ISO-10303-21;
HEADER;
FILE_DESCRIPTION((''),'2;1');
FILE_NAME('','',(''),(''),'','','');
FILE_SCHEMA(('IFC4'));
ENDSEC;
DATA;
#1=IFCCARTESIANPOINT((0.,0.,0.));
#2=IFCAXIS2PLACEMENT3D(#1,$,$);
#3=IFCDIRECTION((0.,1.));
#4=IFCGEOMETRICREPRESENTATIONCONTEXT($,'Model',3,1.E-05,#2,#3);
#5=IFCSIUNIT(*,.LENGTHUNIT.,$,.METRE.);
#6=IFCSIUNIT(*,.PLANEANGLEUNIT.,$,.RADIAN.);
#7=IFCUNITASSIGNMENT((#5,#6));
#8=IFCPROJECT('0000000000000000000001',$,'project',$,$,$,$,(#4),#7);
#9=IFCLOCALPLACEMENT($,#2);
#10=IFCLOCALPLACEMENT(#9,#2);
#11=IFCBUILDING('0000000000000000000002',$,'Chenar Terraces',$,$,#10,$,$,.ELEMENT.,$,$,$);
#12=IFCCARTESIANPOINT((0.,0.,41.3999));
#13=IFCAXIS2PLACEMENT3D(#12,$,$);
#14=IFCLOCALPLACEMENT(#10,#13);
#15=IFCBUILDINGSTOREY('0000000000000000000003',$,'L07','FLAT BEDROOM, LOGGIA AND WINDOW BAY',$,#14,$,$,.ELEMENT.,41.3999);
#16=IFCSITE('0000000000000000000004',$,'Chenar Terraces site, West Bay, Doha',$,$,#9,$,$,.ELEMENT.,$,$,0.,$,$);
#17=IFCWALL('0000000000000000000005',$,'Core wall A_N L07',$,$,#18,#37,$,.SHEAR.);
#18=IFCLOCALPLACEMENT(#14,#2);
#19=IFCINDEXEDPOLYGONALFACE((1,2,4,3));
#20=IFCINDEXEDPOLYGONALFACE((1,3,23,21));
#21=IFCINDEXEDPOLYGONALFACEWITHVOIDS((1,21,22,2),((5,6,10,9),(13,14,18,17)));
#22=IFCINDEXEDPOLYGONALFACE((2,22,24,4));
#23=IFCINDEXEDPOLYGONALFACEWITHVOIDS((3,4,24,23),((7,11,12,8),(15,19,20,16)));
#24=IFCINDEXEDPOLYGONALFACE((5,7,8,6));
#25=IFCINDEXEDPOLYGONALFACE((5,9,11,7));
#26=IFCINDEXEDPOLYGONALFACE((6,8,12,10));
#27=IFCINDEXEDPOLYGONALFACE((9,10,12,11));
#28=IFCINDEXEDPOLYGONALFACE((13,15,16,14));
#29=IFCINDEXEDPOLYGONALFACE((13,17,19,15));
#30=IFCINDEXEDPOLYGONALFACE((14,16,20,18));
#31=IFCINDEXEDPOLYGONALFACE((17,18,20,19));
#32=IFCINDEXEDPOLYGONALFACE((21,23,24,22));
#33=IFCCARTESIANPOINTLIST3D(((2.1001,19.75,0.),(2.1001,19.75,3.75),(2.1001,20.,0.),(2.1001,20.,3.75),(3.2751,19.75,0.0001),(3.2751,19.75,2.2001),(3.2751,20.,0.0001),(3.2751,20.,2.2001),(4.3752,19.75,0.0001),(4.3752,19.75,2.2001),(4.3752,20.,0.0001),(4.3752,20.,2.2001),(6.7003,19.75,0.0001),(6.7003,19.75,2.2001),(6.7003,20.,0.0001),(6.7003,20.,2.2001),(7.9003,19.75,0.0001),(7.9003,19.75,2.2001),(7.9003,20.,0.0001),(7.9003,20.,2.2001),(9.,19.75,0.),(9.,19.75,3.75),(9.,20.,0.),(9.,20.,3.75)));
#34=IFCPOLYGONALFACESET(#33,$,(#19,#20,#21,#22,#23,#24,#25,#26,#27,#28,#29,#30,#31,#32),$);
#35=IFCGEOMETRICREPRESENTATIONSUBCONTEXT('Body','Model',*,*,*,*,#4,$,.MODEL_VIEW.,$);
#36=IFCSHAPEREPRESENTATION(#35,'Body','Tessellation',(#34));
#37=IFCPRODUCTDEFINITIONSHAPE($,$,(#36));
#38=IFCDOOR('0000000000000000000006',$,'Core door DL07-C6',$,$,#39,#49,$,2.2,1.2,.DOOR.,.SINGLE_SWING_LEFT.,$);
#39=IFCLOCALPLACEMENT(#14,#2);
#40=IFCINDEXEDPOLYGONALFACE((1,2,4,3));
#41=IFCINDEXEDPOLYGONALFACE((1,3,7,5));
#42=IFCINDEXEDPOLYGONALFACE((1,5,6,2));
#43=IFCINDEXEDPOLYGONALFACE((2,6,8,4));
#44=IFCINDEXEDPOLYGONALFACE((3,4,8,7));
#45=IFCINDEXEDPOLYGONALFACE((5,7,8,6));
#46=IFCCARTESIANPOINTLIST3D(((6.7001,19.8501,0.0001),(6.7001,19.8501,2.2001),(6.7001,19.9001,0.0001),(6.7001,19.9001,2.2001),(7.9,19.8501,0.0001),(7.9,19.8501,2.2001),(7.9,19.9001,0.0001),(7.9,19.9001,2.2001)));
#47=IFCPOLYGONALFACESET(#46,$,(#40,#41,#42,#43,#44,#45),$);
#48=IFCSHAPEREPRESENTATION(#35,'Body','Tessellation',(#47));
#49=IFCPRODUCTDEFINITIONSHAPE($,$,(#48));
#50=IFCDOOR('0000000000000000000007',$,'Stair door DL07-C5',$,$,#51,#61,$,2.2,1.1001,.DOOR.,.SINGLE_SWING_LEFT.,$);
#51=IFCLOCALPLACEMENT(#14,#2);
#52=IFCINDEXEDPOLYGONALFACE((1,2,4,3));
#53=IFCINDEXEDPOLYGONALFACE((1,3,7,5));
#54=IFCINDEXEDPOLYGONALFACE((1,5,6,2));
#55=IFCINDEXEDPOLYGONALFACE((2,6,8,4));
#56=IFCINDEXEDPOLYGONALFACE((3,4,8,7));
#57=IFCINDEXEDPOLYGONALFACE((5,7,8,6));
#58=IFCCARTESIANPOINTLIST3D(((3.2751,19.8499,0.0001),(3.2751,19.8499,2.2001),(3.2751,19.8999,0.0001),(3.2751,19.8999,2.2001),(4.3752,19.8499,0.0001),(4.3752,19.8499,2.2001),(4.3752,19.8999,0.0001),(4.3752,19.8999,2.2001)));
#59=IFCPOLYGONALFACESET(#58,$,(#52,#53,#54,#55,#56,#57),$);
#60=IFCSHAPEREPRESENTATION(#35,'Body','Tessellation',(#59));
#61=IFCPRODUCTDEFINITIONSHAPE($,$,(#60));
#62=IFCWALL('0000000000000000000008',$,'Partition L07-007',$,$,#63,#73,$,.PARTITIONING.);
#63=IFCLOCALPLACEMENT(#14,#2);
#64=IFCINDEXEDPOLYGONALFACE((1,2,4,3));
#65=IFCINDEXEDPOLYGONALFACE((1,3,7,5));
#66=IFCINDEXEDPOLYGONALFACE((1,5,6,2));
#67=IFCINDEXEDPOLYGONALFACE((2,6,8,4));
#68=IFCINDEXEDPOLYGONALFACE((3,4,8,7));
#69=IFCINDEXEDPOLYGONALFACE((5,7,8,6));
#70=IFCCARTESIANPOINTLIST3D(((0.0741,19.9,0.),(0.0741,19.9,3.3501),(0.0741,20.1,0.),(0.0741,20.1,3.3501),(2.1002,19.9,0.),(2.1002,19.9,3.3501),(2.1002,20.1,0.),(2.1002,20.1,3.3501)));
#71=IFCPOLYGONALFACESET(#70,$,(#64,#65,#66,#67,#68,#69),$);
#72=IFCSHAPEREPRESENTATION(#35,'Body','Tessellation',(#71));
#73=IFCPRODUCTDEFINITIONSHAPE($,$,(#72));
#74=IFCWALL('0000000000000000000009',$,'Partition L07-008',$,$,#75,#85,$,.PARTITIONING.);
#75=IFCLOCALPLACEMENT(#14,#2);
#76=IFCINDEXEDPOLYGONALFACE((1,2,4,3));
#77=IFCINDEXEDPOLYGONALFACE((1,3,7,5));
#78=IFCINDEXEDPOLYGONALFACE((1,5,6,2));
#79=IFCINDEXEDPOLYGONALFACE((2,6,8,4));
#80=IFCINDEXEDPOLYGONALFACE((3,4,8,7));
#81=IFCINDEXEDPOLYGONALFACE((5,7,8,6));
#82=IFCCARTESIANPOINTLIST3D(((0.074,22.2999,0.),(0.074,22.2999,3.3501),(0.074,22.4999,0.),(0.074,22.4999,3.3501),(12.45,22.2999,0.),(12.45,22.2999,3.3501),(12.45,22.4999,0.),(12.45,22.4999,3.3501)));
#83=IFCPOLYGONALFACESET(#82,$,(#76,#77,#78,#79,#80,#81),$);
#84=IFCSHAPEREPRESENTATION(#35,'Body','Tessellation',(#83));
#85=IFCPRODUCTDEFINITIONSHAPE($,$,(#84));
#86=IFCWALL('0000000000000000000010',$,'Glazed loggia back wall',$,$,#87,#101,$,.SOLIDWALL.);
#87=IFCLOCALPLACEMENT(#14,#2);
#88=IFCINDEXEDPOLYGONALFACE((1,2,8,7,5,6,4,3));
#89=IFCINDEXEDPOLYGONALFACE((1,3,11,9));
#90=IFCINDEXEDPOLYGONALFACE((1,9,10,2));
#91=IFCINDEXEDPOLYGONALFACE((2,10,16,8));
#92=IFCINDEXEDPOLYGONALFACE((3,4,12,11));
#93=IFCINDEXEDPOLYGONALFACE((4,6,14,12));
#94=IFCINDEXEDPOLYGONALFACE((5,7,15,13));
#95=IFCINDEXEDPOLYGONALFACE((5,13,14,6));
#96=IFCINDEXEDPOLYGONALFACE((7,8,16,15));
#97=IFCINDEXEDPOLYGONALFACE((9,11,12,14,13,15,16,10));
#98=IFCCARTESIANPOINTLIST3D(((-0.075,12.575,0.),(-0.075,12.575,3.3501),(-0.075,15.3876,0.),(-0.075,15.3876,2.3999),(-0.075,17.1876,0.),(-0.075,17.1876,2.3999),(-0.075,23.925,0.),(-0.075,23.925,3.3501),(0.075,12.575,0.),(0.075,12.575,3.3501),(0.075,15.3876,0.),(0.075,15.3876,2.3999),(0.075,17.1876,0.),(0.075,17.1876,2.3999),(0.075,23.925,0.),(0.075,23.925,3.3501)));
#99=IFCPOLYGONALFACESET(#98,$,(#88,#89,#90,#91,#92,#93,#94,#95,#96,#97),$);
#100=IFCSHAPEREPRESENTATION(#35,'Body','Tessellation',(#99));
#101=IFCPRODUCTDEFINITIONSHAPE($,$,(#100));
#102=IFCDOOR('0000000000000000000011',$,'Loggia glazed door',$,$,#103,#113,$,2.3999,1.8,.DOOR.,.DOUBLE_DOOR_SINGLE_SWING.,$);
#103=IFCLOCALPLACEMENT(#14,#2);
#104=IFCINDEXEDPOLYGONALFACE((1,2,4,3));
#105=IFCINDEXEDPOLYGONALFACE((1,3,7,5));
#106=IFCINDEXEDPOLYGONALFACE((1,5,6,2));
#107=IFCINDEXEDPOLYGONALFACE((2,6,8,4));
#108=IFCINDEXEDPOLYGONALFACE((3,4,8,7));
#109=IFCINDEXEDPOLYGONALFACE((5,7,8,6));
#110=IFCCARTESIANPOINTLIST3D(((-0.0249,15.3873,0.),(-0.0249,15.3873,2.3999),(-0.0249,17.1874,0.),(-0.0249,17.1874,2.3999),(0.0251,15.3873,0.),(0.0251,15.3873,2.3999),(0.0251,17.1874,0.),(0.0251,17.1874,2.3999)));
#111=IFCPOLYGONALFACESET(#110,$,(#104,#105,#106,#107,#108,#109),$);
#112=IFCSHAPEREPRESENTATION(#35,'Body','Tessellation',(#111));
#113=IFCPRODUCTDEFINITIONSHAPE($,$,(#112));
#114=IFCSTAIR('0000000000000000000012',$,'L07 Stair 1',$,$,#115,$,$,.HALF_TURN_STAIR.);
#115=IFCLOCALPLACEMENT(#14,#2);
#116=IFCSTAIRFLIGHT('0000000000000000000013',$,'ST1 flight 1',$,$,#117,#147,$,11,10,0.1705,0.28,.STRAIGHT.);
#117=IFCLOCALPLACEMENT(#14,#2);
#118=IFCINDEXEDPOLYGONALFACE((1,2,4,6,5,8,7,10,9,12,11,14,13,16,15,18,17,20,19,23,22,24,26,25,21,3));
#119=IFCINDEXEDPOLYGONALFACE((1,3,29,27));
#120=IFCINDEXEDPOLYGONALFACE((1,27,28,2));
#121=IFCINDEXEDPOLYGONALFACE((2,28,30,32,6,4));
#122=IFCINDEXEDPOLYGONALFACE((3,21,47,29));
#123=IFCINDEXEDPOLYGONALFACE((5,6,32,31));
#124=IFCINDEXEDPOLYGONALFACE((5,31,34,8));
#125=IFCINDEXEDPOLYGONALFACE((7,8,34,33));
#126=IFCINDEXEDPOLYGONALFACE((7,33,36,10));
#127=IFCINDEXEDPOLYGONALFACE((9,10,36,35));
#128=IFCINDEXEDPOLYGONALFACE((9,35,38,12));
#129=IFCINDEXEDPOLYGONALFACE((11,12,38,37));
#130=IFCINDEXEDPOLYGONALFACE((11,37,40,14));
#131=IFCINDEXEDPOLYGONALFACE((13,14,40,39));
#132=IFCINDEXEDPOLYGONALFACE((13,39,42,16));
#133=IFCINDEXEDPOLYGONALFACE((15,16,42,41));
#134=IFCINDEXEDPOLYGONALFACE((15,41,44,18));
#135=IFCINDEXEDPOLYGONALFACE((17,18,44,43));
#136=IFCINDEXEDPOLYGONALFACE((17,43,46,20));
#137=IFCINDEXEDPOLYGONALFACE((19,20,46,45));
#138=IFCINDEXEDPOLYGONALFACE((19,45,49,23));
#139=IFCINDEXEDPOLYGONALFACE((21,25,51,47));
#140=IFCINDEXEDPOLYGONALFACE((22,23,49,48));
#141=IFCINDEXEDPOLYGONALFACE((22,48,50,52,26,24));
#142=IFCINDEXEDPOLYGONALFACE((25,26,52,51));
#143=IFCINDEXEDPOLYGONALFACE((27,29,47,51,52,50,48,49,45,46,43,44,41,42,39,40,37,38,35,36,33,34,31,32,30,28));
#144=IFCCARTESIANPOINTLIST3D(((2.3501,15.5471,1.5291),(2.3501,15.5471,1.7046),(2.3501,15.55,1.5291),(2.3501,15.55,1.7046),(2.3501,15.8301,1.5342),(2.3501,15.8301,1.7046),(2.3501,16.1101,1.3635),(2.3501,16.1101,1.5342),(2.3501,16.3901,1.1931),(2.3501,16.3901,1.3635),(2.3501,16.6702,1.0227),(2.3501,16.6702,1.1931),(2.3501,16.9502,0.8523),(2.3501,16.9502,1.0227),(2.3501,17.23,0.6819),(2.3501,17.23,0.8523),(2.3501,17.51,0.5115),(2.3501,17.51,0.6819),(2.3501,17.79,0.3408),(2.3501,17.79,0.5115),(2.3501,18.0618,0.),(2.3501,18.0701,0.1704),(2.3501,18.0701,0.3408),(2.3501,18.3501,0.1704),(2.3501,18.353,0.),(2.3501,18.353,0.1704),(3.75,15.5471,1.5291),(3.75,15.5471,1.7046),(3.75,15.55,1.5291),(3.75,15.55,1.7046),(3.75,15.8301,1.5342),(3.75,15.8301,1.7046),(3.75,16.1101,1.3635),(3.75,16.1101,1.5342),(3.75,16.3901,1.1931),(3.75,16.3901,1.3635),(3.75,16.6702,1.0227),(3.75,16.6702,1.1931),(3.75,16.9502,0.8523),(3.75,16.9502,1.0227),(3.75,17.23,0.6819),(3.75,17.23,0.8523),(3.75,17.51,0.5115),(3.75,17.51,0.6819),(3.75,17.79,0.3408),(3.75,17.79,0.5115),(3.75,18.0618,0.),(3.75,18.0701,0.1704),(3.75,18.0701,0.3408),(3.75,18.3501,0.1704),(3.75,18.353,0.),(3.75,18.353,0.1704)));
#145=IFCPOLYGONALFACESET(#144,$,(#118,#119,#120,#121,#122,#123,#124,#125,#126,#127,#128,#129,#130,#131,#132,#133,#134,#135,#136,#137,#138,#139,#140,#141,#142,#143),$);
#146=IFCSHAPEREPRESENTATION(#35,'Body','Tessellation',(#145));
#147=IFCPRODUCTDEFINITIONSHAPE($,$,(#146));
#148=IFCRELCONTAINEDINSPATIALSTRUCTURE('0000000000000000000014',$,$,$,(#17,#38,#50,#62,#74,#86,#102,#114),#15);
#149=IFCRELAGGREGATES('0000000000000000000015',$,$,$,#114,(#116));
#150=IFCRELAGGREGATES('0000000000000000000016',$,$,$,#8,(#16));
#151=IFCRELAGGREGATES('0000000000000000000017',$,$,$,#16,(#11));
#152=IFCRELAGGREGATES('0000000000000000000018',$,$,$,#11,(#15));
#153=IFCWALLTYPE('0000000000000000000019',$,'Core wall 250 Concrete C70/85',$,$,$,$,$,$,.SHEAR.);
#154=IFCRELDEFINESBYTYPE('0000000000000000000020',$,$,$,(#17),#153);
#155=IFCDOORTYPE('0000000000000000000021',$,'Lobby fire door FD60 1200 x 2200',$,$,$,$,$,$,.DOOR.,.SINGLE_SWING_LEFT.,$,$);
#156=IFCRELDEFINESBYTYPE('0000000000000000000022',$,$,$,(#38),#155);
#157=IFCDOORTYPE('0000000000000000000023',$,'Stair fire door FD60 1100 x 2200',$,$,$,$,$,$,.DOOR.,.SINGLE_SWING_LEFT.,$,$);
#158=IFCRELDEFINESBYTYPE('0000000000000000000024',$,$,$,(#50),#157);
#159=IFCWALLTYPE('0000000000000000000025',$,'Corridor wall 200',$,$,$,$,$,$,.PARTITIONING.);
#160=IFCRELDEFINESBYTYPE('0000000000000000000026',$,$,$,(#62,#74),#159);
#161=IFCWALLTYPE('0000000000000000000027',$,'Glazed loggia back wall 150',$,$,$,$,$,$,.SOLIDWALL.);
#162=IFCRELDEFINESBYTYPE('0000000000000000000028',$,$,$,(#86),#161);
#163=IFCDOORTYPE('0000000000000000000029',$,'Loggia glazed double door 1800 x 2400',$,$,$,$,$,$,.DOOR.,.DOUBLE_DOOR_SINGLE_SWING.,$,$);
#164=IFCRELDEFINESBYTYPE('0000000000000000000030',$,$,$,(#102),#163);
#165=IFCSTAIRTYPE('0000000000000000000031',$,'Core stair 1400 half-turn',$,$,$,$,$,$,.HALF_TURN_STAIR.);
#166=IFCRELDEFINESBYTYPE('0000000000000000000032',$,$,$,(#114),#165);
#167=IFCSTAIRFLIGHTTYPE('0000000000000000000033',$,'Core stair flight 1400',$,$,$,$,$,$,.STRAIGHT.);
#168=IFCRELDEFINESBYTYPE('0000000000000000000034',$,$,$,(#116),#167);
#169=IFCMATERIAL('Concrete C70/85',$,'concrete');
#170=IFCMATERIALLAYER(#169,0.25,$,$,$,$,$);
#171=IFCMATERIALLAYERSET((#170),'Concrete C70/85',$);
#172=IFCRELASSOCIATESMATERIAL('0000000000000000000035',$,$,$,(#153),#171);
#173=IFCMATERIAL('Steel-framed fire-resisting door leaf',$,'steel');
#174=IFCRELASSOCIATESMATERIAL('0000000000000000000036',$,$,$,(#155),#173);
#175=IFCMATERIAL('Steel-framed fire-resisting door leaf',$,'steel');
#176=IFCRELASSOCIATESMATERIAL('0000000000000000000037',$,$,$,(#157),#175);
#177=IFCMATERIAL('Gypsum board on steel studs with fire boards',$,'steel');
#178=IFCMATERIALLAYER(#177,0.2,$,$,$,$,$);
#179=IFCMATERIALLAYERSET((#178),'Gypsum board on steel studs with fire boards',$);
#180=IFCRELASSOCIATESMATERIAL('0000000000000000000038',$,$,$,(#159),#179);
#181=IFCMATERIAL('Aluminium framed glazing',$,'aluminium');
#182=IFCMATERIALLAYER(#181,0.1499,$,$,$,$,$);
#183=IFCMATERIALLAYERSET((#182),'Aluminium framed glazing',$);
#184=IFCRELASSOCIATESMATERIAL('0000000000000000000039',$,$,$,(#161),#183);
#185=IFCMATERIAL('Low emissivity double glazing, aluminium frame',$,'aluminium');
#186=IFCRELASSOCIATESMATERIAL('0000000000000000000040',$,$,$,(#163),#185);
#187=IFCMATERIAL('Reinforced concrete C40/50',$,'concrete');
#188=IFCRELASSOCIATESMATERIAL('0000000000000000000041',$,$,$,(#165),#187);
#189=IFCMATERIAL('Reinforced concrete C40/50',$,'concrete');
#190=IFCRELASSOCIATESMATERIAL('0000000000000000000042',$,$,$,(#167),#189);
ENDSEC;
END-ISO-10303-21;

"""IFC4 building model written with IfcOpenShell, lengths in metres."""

from ifc_helpers import new_model, si_unit, direction, frame, frame_2d, origin, place, context, subcontext, project, spatial, polyline, rectangle, outline, extrude, material, layer, layer_set, type_object, element, fill, aggregate, save


model = new_model("IFC4")

# Units and contexts
model_context = context("Model", 3, precision=1e-05, world=origin(), true_north=direction((0.0, 1.0)))
body_context = subcontext(model_context, "Body", "Model", "MODEL_VIEW")
ifc_project = project(units=[si_unit("LENGTHUNIT", "METRE"), si_unit("PLANEANGLEUNIT", "RADIAN")], contexts=[model_context])

# Site, building, storey
site_placement = place(None, origin())
site = spatial("IfcSite", under=ifc_project, at=site_placement, Name="Chenar Terraces site, West Bay, Doha", CompositionType="ELEMENT", RefElevation=0.0)
building_placement = place(site_placement, origin())
building = spatial("IfcBuilding", under=site, at=building_placement, Name="Chenar Terraces", CompositionType="ELEMENT")
storey_placement = place(building_placement, frame((0.0, 0.0, 41.3999)))
storey = spatial("IfcBuildingStorey", under=building, at=storey_placement, Name="L07", Description="FLAT BEDROOM, LOGGIA AND WINDOW BAY", CompositionType="ELEMENT", Elevation=41.3999)

# Wall, openings, doors
ifc_material_1 = material(Name="Concrete C70/85", Category="concrete")
ifc_layer_1 = layer(ifc_material_1, 0.25)
ifc_layer_set_1 = layer_set([ifc_layer_1], Name="Concrete C70/85")
wall_type_1 = type_object("IfcWallType", Name="Core wall 250 Concrete C70/85", PredefinedType="SHEAR", material=ifc_layer_set_1)
wall_1_placement = place(storey_placement, frame((2.1001, 19.875, 0.0), z_axis=(0.0, 0.0, 1.0), x_axis=(1.0, 0.0, 0.0)))
wall_1 = element("IfcWall", 1, at=wall_1_placement, inside=storey, type_object=wall_type_1, Name="Core wall A_N L07", PredefinedType="SHEAR", context=body_context, shape_type="SweptSolid", body=[
    extrude(rectangle(XDim=6.8999, YDim=0.25, at=frame_2d((3.45, 0.0))), origin(), (0.0, 0.0, 1.0), 3.75),
])
opening_1_placement = place(wall_1_placement, frame((1.175, 0.0, 0.0)))
opening_1 = element("IfcOpeningElement", 2, at=opening_1_placement, cuts=wall_1, PredefinedType="OPENING", context=body_context, shape_type="SweptSolid", body=[
    extrude(rectangle(XDim=1.1001, YDim=2.2, at=frame_2d((0.55, 1.1001))), frame((0.0, 0.135, 0.0), z_axis=(0.0, -1.0, 0.0), x_axis=(1.0, 0.0, 0.0)), (0.0, 0.0, 1.0), 0.27),
])
opening_2_placement = place(wall_1_placement, frame((4.6001, 0.0, 0.0)))
opening_2 = element("IfcOpeningElement", 3, at=opening_2_placement, cuts=wall_1, PredefinedType="OPENING", context=body_context, shape_type="SweptSolid", body=[
    extrude(rectangle(XDim=1.2, YDim=2.2, at=frame_2d((0.6001, 1.1001))), frame((0.0, 0.135, 0.0), z_axis=(0.0, -1.0, 0.0), x_axis=(1.0, 0.0, 0.0)), (0.0, 0.0, 1.0), 0.27),
])
ifc_material_2 = material(Name="Steel-framed fire-resisting door leaf", Category="steel")
door_type_1 = type_object("IfcDoorType", Name="Lobby fire door FD60 1200 x 2200", OperationType="SINGLE_SWING_LEFT", PredefinedType="DOOR", material=ifc_material_2)
door_1_placement = place(opening_2_placement, frame((1.2, 0.0, 0.0), z_axis=(0.0, 0.0, 1.0), x_axis=(-1.0, 0.0, 0.0)))
door_1 = element("IfcDoor", 4, at=door_1_placement, inside=storey, type_object=door_type_1, Name="Core door DL07-C6", OperationType="SINGLE_SWING_LEFT", OverallHeight=2.2, OverallWidth=1.2, PredefinedType="DOOR", context=body_context, shape_type="SweptSolid", body=[
    extrude(rectangle(XDim=1.2, YDim=2.2, at=frame_2d((0.6001, 1.1001))), frame((0.0, 0.0249, 0.0), z_axis=(0.0, -1.0, 0.0), x_axis=(1.0, 0.0, 0.0)), (0.0, 0.0, 1.0), 0.05),
])
fill(opening_2, door_1)
ifc_material_3 = material(Name="Steel-framed fire-resisting door leaf", Category="steel")
door_type_2 = type_object("IfcDoorType", Name="Stair fire door FD60 1100 x 2200", OperationType="SINGLE_SWING_LEFT", PredefinedType="DOOR", material=ifc_material_3)
door_2_placement = place(opening_1_placement, origin())
door_2 = element("IfcDoor", 5, at=door_2_placement, inside=storey, type_object=door_type_2, Name="Stair door DL07-C5", OperationType="SINGLE_SWING_LEFT", OverallHeight=2.2, OverallWidth=1.1001, PredefinedType="DOOR", context=body_context, shape_type="SweptSolid", body=[
    extrude(rectangle(XDim=1.1001, YDim=2.2, at=frame_2d((0.55, 1.1001))), frame((0.0, 0.0249, 0.0), z_axis=(0.0, -1.0, 0.0), x_axis=(1.0, 0.0, 0.0)), (0.0, 0.0, 1.0), 0.05),
])
fill(opening_1, door_2)

# Walls
ifc_material_4 = material(Name="Gypsum board on steel studs with fire boards", Category="steel")
ifc_layer_2 = layer(ifc_material_4, 0.2)
ifc_layer_set_2 = layer_set([ifc_layer_2], Name="Gypsum board on steel studs with fire boards")
wall_type_2 = type_object("IfcWallType", Name="Corridor wall 200", PredefinedType="PARTITIONING", material=ifc_layer_set_2)
wall_2_placement = place(storey_placement, frame((0.074, 20.0, 0.0), z_axis=(0.0, 0.0, 1.0), x_axis=(1.0, 0.0, 0.0)))
element("IfcWall", 6, at=wall_2_placement, inside=storey, type_object=wall_type_2, Name="Partition L07-007", PredefinedType="PARTITIONING", context=body_context, shape_type="SweptSolid", body=[
    extrude(rectangle(XDim=2.0261, YDim=0.2, at=frame_2d((1.0132, 0.0))), origin(), (0.0, 0.0, 1.0), 3.3501),
])
wall_3_placement = place(storey_placement, frame((0.074, 22.3999, 0.0), z_axis=(0.0, 0.0, 1.0), x_axis=(1.0, 0.0, 0.0)))
element("IfcWall", 7, at=wall_3_placement, inside=storey, type_object=wall_type_2, Name="Partition L07-008", PredefinedType="PARTITIONING", context=body_context, shape_type="SweptSolid", body=[
    extrude(rectangle(XDim=12.376, YDim=0.2, at=frame_2d((6.188, 0.0))), origin(), (0.0, 0.0, 1.0), 3.3501),
])

# Wall, opening, door
ifc_material_5 = material(Name="Aluminium framed glazing", Category="aluminium")
ifc_layer_3 = layer(ifc_material_5, 0.1499)
ifc_layer_set_3 = layer_set([ifc_layer_3], Name="Aluminium framed glazing")
wall_type_3 = type_object("IfcWallType", Name="Glazed loggia back wall 150", PredefinedType="SOLIDWALL", material=ifc_layer_set_3)
wall_4_placement = place(storey_placement, frame((0.0, 23.925, 0.0), z_axis=(0.0, 0.0, 1.0), x_axis=(0.0, -1.0, 0.0)))
wall_4 = element("IfcWall", 8, at=wall_4_placement, inside=storey, type_object=wall_type_3, Name="Glazed loggia back wall", PredefinedType="SOLIDWALL", context=body_context, shape_type="SweptSolid", body=[
    extrude(rectangle(XDim=11.3501, YDim=0.1499, at=frame_2d((5.675, 0.0))), origin(), (0.0, 0.0, 1.0), 3.3501),
])
opening_3_placement = place(wall_4_placement, frame((6.7375, 0.0, 0.0)))
opening_3 = element("IfcOpeningElement", 9, at=opening_3_placement, cuts=wall_4, PredefinedType="OPENING", context=body_context, shape_type="SweptSolid", body=[
    extrude(rectangle(XDim=1.8, YDim=2.3999, at=frame_2d((0.8999, 1.2))), frame((0.0, 0.085, 0.0), z_axis=(0.0, -1.0, 0.0), x_axis=(1.0, 0.0, 0.0)), (0.0, 0.0, 1.0), 0.1699),
])
ifc_material_6 = material(Name="Low emissivity double glazing, aluminium frame", Category="aluminium")
door_type_3 = type_object("IfcDoorType", Name="Loggia glazed double door 1800 x 2400", OperationType="DOUBLE_DOOR_SINGLE_SWING", PredefinedType="DOOR", material=ifc_material_6)
door_3_placement = place(opening_3_placement, frame((1.8, 0.0, 0.0), z_axis=(0.0, 0.0, 1.0), x_axis=(-1.0, 0.0, 0.0)))
door_3 = element("IfcDoor", 10, at=door_3_placement, inside=storey, type_object=door_type_3, Name="Loggia glazed door", OperationType="DOUBLE_DOOR_SINGLE_SWING", OverallHeight=2.3999, OverallWidth=1.8, PredefinedType="DOOR", context=body_context, shape_type="SweptSolid", body=[
    extrude(rectangle(XDim=1.8, YDim=2.3999, at=frame_2d((0.8999, 1.2))), frame((0.0, 0.0249, 0.0), z_axis=(0.0, -1.0, 0.0), x_axis=(1.0, 0.0, 0.0)), (0.0, 0.0, 1.0), 0.05),
])
fill(opening_3, door_3)

# Stair, stair flight
ifc_material_7 = material(Name="Reinforced concrete C40/50", Category="concrete")
stair_type = type_object("IfcStairType", Name="Core stair 1400 half-turn", PredefinedType="HALF_TURN_STAIR", material=ifc_material_7)
stair_placement = place(storey_placement, origin())
stair = element("IfcStair", 11, at=stair_placement, inside=storey, type_object=stair_type, Name="L07 Stair 1", PredefinedType="HALF_TURN_STAIR")
ifc_material_8 = material(Name="Reinforced concrete C40/50", Category="concrete")
stair_flight_type = type_object("IfcStairFlightType", Name="Core stair flight 1400", PredefinedType="STRAIGHT", material=ifc_material_8)
stair_flight_1_placement = place(storey_placement, frame((3.05, 18.3501, 0.0), z_axis=(0.0, 0.0, 1.0), x_axis=(0.0, -1.0, 0.0)))
stair_flight_1 = element("IfcStairFlight", 12, at=stair_flight_1_placement, type_object=stair_flight_type, Name="ST1 flight 1", NumberOfRisers=11, NumberOfTreads=10, PredefinedType="STRAIGHT", RiserHeight=0.1705, TreadLength=0.28, context=body_context, shape_type="SweptSolid", body=[
    extrude(outline(polyline([(-0.0029, 0.0), (-0.0029, 0.1704), (0.0, 0.1704), (0.28, 0.1704), (0.28, 0.3408), (0.5601, 0.3408), (0.5601, 0.5115), (0.8401, 0.5115), (0.8401, 0.6819), (1.1201, 0.6819), (1.1201, 0.8523), (1.3999, 0.8523), (1.3999, 1.0227), (1.6799, 1.0227), (1.6799, 1.1931), (1.96, 1.1931), (1.96, 1.3635), (2.24, 1.3635), (2.24, 1.5342), (2.52, 1.5342), (2.52, 1.7046), (2.8, 1.7046), (2.803, 1.7046), (2.803, 1.5291), (2.8, 1.5291), (0.2883, 0.0), (-0.0029, 0.0)])), frame((0.0, 0.7, 0.0), z_axis=(0.0, -1.0, 0.0), x_axis=(1.0, 0.0, 0.0)), (0.0, 0.0, 1.0), 1.3999),
])
aggregate(stair, [stair_flight_1])

save(model, "model.ifc")
